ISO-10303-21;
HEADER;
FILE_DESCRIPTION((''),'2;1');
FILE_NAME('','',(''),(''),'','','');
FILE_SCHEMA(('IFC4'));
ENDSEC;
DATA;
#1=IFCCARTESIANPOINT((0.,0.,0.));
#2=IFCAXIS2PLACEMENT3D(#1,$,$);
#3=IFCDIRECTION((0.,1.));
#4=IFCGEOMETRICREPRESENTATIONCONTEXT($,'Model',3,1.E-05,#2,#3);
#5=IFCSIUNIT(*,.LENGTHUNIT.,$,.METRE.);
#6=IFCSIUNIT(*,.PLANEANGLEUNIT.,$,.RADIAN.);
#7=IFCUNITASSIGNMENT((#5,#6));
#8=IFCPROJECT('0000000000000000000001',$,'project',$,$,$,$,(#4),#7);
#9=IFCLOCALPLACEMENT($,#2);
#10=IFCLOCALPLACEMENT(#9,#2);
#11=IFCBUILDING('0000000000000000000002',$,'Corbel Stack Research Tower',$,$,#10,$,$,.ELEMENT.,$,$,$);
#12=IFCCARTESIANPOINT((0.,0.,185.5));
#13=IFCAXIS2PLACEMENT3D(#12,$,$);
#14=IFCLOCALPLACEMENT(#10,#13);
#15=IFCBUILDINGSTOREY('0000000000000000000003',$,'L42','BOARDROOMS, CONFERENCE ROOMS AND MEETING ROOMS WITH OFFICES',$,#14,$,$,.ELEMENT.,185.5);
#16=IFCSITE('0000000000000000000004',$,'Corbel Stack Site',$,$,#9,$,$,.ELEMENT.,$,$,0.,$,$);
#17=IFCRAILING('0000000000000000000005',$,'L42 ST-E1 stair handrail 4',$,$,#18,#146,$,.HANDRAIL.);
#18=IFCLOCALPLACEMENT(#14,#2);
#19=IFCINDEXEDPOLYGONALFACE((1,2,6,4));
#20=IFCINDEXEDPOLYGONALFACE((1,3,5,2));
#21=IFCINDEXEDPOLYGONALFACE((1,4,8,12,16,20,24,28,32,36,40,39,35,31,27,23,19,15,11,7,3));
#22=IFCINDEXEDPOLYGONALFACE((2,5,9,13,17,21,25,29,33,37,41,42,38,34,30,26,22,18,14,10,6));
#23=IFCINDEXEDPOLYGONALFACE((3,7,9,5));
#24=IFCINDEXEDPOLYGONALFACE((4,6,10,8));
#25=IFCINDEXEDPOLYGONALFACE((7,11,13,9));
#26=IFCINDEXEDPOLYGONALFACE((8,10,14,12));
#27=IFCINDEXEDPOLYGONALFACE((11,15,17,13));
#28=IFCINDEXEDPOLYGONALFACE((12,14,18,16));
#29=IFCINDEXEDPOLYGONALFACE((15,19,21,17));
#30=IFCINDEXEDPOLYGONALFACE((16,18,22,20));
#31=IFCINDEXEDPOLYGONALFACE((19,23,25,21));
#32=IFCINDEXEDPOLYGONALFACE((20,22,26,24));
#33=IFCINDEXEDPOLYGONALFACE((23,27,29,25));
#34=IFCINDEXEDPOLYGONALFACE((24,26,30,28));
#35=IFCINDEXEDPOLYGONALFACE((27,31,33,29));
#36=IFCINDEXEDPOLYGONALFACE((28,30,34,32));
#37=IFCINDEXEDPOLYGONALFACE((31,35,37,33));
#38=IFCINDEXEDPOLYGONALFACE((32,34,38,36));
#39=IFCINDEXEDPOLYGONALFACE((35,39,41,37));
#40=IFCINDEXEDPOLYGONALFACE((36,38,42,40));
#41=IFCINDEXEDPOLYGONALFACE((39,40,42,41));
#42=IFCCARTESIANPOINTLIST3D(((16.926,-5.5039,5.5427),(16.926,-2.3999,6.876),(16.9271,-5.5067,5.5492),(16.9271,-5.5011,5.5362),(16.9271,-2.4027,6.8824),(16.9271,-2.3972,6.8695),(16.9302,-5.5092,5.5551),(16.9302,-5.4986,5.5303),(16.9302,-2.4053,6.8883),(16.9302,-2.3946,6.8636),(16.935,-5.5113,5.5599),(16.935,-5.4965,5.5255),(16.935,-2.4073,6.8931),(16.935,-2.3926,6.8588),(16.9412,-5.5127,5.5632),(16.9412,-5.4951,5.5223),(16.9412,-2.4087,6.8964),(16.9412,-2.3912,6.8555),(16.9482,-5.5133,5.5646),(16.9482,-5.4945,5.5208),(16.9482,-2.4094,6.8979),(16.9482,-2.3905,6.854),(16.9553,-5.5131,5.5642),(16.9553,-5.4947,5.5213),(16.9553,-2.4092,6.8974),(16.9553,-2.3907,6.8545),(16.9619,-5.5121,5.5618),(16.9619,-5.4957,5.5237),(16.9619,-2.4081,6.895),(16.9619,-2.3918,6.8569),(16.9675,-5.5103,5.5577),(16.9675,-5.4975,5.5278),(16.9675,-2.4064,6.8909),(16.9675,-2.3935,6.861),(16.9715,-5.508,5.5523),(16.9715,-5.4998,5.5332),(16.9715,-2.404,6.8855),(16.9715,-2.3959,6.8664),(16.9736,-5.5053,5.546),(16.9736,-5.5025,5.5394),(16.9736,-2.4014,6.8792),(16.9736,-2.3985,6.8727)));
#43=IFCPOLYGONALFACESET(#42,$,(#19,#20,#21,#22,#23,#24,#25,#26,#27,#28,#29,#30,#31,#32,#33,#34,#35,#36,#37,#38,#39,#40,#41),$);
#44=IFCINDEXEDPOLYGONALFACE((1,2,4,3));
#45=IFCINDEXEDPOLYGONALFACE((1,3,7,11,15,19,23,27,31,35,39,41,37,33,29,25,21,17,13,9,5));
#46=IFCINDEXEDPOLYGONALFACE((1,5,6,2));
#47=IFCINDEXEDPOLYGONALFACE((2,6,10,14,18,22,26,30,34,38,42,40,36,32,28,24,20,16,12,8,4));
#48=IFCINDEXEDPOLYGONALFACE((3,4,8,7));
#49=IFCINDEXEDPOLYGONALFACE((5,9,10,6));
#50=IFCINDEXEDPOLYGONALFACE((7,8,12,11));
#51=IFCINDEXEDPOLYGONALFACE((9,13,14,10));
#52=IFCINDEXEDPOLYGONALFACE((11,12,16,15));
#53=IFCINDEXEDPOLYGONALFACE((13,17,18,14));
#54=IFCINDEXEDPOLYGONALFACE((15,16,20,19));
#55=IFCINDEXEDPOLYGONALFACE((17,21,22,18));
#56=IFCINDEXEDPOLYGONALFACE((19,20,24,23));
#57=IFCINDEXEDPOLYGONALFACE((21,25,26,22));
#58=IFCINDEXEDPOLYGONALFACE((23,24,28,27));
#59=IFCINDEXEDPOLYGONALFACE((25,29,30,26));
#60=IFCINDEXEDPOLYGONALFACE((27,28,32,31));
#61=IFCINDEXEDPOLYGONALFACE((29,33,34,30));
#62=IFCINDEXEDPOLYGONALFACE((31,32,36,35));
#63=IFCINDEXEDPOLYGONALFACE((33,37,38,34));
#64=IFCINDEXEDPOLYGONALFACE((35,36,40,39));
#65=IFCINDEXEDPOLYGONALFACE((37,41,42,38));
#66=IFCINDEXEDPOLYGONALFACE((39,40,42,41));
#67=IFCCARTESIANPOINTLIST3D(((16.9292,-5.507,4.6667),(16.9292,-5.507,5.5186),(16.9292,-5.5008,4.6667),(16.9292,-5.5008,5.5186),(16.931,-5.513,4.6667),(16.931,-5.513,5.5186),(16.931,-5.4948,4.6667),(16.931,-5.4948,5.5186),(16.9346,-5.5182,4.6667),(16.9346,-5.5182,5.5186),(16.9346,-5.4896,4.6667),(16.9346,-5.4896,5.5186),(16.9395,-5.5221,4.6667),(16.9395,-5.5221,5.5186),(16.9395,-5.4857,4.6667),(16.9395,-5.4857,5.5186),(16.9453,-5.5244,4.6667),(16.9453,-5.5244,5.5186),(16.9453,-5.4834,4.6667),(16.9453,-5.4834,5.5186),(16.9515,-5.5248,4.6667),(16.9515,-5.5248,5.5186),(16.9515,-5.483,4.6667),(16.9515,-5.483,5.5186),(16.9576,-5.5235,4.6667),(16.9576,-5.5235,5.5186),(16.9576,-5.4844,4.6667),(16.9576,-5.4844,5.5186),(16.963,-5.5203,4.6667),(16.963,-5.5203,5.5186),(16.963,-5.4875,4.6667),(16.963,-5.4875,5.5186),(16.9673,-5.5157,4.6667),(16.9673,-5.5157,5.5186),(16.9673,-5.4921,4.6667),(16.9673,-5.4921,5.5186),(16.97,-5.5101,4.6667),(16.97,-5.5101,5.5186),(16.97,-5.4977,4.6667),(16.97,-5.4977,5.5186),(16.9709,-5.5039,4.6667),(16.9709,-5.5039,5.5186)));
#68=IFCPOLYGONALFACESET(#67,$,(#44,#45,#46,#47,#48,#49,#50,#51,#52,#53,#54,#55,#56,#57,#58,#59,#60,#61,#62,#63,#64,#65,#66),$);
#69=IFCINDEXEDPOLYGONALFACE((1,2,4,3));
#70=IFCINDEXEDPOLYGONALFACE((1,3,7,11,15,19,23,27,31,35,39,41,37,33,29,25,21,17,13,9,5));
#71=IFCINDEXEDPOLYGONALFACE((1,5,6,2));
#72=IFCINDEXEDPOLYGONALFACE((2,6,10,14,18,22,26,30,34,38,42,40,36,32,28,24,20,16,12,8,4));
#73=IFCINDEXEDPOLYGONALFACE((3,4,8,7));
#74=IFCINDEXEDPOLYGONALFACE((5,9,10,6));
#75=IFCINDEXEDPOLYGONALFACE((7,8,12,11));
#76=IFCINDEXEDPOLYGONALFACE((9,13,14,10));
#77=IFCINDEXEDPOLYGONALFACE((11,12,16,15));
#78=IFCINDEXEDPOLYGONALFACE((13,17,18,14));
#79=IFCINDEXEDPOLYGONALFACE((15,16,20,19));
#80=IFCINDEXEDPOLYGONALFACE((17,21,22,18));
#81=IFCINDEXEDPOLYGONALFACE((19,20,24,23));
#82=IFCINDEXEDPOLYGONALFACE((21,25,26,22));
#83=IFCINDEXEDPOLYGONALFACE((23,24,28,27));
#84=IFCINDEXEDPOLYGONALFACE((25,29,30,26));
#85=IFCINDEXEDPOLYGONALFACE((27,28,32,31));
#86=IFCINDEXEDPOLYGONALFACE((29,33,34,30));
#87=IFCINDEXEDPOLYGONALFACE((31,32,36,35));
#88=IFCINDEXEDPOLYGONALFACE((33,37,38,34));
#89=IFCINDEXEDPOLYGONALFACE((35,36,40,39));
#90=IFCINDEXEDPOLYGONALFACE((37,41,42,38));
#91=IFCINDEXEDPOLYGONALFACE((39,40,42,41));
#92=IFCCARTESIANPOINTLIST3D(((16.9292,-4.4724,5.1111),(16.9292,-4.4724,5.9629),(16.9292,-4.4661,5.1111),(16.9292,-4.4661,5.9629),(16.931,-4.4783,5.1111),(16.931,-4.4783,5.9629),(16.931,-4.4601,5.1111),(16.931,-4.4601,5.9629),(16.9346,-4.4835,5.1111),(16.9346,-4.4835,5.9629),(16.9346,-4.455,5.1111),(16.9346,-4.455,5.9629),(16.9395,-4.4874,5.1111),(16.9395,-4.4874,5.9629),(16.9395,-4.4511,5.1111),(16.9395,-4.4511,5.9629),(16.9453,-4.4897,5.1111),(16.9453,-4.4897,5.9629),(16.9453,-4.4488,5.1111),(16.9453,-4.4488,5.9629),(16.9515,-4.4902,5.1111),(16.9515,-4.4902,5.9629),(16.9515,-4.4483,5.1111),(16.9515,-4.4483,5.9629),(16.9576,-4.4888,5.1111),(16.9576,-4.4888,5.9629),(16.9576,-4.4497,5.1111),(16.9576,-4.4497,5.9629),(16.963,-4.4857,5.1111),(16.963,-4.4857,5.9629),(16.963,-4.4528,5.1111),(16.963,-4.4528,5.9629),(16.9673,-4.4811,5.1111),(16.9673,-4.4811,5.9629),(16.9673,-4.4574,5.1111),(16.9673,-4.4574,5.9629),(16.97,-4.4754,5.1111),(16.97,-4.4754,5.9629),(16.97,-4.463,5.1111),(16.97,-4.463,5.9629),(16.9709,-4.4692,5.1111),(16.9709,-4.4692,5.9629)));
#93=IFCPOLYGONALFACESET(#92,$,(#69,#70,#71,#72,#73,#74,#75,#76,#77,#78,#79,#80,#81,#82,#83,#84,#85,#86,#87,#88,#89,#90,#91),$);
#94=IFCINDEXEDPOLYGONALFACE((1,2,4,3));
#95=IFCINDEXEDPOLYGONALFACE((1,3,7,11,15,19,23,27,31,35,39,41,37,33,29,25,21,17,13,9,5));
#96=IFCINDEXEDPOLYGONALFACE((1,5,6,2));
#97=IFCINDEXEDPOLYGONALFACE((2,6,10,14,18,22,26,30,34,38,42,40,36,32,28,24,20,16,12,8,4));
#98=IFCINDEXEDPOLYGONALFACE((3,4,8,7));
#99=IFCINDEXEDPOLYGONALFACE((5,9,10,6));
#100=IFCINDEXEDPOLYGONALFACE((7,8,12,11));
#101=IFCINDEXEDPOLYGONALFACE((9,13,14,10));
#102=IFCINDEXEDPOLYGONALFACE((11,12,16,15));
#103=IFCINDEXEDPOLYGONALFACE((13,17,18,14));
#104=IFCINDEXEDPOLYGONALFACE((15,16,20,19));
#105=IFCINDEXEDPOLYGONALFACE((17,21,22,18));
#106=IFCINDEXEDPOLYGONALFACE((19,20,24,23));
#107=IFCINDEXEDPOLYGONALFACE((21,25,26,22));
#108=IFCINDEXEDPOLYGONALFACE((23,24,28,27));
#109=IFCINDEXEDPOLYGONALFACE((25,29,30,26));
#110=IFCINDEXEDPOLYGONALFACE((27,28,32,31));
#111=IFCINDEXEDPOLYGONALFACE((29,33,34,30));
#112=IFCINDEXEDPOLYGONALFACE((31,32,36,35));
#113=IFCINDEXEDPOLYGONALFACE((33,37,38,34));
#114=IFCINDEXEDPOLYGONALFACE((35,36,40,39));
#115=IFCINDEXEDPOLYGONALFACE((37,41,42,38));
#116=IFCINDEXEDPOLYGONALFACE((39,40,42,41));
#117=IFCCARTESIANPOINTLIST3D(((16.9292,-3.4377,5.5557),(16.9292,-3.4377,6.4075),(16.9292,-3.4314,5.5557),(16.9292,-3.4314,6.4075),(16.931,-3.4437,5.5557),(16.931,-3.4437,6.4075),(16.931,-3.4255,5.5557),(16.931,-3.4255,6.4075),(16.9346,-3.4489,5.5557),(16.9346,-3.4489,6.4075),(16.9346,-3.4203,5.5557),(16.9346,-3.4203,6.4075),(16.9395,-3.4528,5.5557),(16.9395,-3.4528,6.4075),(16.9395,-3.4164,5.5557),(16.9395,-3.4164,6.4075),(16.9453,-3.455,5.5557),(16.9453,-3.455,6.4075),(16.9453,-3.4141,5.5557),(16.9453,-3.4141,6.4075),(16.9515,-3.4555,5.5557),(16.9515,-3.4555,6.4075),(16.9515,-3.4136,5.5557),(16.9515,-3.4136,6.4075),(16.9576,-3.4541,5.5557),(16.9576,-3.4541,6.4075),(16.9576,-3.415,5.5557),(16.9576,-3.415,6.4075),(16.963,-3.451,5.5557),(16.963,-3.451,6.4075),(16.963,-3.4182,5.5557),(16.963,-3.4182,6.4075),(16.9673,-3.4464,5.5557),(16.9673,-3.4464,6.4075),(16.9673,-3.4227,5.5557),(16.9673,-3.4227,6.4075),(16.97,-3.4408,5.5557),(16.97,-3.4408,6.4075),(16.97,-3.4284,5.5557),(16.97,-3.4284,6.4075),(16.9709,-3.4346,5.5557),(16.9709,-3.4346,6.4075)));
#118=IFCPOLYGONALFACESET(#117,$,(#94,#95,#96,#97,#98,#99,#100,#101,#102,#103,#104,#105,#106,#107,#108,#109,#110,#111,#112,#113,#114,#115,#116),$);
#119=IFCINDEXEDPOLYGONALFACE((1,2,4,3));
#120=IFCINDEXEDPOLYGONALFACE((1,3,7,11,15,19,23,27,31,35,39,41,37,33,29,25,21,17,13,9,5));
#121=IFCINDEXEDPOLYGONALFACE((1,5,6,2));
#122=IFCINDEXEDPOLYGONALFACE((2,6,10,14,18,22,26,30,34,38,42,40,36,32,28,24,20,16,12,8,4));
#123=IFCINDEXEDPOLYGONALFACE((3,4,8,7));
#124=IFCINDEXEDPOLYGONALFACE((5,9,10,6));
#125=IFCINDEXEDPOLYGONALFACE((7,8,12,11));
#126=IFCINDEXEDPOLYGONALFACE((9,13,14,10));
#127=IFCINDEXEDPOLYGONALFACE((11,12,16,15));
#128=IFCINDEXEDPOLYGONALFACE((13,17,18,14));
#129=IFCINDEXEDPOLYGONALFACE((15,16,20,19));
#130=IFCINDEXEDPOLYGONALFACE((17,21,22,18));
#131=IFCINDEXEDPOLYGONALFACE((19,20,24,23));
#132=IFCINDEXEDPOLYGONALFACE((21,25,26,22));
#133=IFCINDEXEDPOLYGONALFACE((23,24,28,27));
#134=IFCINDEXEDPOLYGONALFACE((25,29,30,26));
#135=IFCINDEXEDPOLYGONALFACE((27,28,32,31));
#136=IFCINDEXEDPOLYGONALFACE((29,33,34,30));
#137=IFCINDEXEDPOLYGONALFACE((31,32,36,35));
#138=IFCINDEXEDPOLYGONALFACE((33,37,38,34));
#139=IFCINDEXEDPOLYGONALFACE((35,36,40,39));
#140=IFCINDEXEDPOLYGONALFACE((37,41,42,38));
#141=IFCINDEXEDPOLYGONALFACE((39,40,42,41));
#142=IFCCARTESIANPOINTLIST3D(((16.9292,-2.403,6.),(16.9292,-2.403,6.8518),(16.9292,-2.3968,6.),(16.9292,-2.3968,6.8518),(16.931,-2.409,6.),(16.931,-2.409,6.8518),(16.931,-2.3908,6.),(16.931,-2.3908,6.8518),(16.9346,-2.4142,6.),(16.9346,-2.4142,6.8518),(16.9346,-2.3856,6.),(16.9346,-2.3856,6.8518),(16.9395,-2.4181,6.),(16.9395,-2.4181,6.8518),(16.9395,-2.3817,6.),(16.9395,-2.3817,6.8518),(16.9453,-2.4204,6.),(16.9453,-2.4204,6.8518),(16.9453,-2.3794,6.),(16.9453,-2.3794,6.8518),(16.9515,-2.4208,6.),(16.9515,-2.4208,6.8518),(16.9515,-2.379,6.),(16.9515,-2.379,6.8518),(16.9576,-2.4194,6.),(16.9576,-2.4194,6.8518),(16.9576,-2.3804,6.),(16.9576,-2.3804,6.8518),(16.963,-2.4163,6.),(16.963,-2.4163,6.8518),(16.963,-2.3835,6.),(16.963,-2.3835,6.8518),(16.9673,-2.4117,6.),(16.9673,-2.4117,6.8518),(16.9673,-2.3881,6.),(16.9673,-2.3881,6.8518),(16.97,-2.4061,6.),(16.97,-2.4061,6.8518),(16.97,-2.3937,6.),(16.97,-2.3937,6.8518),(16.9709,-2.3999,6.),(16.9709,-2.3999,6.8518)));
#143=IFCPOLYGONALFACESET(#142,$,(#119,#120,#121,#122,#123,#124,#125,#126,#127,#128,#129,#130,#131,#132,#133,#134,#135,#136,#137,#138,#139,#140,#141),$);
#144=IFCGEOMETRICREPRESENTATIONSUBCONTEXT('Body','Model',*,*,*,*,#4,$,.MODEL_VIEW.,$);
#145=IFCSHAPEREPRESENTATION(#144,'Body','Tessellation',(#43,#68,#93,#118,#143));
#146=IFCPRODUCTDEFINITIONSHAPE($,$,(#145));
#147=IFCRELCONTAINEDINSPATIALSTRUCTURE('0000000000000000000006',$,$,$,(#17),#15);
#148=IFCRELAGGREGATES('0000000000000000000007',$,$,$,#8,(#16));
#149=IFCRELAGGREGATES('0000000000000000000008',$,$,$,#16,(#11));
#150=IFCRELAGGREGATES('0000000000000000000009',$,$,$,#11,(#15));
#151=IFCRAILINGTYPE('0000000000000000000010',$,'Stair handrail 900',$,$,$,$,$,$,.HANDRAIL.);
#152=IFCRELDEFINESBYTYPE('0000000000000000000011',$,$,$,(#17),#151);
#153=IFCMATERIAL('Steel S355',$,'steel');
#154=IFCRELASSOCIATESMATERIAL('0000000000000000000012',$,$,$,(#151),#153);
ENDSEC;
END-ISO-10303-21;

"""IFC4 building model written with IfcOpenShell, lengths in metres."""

from ifc_helpers import new_model, si_unit, direction, frame, origin, origin_2d, place, context, subcontext, project, spatial, circle, extrude, material, type_object, element, save


model = new_model("IFC4")

# Units and contexts
model_context = context("Model", 3, precision=1e-05, world=origin(), true_north=direction((0.0, 1.0)))
body_context = subcontext(model_context, "Body", "Model", "MODEL_VIEW")
ifc_project = project(units=[si_unit("LENGTHUNIT", "METRE"), si_unit("PLANEANGLEUNIT", "RADIAN")], contexts=[model_context])

# Site, building, storey
site_placement = place(None, origin())
site = spatial("IfcSite", under=ifc_project, at=site_placement, Name="Corbel Stack Site", CompositionType="ELEMENT", RefElevation=0.0)
building_placement = place(site_placement, origin())
building = spatial("IfcBuilding", under=site, at=building_placement, Name="Corbel Stack Research Tower", CompositionType="ELEMENT")
storey_placement = place(building_placement, frame((0.0, 0.0, 185.5)))
storey = spatial("IfcBuildingStorey", under=building, at=storey_placement, Name="L42", Description="BOARDROOMS, CONFERENCE ROOMS AND MEETING ROOMS WITH OFFICES", CompositionType="ELEMENT", Elevation=185.5)

# Railing
ifc_material_1 = material(Name="Steel S355", Category="steel")
railing_type_1 = type_object("IfcRailingType", Name="Stair handrail 900", PredefinedType="HANDRAIL", material=ifc_material_1)
for number, where, name in (
    (1, (16.95, -5.5039, 4.6667), "L42 ST-E1 stair handrail 4"),
):
    element("IfcRailing", number, at=place(storey_placement, frame(where)), inside=storey, type_object=railing_type_1, Name=name, PredefinedType="HANDRAIL", context=body_context, shape_type="SweptSolid", body=[
        extrude(circle(Radius=0.0239, at=origin_2d()), frame((0.0, 0.0, 0.876), z_axis=(0.0, 0.918827, 0.394661), x_axis=(-1.0, 0.0, 0.0)), (0.0, 0.0, 1.0), 3.3782),
        extrude(circle(Radius=0.021, at=origin_2d()), origin(), (0.0, 0.0, 1.0), 0.8518),
        extrude(circle(Radius=0.021, at=origin_2d()), frame((0.0, 1.0347, 0.4443)), (0.0, 0.0, 1.0), 0.8518),
        extrude(circle(Radius=0.021, at=origin_2d()), frame((0.0, 2.0693, 0.8889)), (0.0, 0.0, 1.0), 0.8518),
        extrude(circle(Radius=0.021, at=origin_2d()), frame((0.0, 3.104, 1.3333)), (0.0, 0.0, 1.0), 0.8518),
    ])

save(model, "model.ifc")
